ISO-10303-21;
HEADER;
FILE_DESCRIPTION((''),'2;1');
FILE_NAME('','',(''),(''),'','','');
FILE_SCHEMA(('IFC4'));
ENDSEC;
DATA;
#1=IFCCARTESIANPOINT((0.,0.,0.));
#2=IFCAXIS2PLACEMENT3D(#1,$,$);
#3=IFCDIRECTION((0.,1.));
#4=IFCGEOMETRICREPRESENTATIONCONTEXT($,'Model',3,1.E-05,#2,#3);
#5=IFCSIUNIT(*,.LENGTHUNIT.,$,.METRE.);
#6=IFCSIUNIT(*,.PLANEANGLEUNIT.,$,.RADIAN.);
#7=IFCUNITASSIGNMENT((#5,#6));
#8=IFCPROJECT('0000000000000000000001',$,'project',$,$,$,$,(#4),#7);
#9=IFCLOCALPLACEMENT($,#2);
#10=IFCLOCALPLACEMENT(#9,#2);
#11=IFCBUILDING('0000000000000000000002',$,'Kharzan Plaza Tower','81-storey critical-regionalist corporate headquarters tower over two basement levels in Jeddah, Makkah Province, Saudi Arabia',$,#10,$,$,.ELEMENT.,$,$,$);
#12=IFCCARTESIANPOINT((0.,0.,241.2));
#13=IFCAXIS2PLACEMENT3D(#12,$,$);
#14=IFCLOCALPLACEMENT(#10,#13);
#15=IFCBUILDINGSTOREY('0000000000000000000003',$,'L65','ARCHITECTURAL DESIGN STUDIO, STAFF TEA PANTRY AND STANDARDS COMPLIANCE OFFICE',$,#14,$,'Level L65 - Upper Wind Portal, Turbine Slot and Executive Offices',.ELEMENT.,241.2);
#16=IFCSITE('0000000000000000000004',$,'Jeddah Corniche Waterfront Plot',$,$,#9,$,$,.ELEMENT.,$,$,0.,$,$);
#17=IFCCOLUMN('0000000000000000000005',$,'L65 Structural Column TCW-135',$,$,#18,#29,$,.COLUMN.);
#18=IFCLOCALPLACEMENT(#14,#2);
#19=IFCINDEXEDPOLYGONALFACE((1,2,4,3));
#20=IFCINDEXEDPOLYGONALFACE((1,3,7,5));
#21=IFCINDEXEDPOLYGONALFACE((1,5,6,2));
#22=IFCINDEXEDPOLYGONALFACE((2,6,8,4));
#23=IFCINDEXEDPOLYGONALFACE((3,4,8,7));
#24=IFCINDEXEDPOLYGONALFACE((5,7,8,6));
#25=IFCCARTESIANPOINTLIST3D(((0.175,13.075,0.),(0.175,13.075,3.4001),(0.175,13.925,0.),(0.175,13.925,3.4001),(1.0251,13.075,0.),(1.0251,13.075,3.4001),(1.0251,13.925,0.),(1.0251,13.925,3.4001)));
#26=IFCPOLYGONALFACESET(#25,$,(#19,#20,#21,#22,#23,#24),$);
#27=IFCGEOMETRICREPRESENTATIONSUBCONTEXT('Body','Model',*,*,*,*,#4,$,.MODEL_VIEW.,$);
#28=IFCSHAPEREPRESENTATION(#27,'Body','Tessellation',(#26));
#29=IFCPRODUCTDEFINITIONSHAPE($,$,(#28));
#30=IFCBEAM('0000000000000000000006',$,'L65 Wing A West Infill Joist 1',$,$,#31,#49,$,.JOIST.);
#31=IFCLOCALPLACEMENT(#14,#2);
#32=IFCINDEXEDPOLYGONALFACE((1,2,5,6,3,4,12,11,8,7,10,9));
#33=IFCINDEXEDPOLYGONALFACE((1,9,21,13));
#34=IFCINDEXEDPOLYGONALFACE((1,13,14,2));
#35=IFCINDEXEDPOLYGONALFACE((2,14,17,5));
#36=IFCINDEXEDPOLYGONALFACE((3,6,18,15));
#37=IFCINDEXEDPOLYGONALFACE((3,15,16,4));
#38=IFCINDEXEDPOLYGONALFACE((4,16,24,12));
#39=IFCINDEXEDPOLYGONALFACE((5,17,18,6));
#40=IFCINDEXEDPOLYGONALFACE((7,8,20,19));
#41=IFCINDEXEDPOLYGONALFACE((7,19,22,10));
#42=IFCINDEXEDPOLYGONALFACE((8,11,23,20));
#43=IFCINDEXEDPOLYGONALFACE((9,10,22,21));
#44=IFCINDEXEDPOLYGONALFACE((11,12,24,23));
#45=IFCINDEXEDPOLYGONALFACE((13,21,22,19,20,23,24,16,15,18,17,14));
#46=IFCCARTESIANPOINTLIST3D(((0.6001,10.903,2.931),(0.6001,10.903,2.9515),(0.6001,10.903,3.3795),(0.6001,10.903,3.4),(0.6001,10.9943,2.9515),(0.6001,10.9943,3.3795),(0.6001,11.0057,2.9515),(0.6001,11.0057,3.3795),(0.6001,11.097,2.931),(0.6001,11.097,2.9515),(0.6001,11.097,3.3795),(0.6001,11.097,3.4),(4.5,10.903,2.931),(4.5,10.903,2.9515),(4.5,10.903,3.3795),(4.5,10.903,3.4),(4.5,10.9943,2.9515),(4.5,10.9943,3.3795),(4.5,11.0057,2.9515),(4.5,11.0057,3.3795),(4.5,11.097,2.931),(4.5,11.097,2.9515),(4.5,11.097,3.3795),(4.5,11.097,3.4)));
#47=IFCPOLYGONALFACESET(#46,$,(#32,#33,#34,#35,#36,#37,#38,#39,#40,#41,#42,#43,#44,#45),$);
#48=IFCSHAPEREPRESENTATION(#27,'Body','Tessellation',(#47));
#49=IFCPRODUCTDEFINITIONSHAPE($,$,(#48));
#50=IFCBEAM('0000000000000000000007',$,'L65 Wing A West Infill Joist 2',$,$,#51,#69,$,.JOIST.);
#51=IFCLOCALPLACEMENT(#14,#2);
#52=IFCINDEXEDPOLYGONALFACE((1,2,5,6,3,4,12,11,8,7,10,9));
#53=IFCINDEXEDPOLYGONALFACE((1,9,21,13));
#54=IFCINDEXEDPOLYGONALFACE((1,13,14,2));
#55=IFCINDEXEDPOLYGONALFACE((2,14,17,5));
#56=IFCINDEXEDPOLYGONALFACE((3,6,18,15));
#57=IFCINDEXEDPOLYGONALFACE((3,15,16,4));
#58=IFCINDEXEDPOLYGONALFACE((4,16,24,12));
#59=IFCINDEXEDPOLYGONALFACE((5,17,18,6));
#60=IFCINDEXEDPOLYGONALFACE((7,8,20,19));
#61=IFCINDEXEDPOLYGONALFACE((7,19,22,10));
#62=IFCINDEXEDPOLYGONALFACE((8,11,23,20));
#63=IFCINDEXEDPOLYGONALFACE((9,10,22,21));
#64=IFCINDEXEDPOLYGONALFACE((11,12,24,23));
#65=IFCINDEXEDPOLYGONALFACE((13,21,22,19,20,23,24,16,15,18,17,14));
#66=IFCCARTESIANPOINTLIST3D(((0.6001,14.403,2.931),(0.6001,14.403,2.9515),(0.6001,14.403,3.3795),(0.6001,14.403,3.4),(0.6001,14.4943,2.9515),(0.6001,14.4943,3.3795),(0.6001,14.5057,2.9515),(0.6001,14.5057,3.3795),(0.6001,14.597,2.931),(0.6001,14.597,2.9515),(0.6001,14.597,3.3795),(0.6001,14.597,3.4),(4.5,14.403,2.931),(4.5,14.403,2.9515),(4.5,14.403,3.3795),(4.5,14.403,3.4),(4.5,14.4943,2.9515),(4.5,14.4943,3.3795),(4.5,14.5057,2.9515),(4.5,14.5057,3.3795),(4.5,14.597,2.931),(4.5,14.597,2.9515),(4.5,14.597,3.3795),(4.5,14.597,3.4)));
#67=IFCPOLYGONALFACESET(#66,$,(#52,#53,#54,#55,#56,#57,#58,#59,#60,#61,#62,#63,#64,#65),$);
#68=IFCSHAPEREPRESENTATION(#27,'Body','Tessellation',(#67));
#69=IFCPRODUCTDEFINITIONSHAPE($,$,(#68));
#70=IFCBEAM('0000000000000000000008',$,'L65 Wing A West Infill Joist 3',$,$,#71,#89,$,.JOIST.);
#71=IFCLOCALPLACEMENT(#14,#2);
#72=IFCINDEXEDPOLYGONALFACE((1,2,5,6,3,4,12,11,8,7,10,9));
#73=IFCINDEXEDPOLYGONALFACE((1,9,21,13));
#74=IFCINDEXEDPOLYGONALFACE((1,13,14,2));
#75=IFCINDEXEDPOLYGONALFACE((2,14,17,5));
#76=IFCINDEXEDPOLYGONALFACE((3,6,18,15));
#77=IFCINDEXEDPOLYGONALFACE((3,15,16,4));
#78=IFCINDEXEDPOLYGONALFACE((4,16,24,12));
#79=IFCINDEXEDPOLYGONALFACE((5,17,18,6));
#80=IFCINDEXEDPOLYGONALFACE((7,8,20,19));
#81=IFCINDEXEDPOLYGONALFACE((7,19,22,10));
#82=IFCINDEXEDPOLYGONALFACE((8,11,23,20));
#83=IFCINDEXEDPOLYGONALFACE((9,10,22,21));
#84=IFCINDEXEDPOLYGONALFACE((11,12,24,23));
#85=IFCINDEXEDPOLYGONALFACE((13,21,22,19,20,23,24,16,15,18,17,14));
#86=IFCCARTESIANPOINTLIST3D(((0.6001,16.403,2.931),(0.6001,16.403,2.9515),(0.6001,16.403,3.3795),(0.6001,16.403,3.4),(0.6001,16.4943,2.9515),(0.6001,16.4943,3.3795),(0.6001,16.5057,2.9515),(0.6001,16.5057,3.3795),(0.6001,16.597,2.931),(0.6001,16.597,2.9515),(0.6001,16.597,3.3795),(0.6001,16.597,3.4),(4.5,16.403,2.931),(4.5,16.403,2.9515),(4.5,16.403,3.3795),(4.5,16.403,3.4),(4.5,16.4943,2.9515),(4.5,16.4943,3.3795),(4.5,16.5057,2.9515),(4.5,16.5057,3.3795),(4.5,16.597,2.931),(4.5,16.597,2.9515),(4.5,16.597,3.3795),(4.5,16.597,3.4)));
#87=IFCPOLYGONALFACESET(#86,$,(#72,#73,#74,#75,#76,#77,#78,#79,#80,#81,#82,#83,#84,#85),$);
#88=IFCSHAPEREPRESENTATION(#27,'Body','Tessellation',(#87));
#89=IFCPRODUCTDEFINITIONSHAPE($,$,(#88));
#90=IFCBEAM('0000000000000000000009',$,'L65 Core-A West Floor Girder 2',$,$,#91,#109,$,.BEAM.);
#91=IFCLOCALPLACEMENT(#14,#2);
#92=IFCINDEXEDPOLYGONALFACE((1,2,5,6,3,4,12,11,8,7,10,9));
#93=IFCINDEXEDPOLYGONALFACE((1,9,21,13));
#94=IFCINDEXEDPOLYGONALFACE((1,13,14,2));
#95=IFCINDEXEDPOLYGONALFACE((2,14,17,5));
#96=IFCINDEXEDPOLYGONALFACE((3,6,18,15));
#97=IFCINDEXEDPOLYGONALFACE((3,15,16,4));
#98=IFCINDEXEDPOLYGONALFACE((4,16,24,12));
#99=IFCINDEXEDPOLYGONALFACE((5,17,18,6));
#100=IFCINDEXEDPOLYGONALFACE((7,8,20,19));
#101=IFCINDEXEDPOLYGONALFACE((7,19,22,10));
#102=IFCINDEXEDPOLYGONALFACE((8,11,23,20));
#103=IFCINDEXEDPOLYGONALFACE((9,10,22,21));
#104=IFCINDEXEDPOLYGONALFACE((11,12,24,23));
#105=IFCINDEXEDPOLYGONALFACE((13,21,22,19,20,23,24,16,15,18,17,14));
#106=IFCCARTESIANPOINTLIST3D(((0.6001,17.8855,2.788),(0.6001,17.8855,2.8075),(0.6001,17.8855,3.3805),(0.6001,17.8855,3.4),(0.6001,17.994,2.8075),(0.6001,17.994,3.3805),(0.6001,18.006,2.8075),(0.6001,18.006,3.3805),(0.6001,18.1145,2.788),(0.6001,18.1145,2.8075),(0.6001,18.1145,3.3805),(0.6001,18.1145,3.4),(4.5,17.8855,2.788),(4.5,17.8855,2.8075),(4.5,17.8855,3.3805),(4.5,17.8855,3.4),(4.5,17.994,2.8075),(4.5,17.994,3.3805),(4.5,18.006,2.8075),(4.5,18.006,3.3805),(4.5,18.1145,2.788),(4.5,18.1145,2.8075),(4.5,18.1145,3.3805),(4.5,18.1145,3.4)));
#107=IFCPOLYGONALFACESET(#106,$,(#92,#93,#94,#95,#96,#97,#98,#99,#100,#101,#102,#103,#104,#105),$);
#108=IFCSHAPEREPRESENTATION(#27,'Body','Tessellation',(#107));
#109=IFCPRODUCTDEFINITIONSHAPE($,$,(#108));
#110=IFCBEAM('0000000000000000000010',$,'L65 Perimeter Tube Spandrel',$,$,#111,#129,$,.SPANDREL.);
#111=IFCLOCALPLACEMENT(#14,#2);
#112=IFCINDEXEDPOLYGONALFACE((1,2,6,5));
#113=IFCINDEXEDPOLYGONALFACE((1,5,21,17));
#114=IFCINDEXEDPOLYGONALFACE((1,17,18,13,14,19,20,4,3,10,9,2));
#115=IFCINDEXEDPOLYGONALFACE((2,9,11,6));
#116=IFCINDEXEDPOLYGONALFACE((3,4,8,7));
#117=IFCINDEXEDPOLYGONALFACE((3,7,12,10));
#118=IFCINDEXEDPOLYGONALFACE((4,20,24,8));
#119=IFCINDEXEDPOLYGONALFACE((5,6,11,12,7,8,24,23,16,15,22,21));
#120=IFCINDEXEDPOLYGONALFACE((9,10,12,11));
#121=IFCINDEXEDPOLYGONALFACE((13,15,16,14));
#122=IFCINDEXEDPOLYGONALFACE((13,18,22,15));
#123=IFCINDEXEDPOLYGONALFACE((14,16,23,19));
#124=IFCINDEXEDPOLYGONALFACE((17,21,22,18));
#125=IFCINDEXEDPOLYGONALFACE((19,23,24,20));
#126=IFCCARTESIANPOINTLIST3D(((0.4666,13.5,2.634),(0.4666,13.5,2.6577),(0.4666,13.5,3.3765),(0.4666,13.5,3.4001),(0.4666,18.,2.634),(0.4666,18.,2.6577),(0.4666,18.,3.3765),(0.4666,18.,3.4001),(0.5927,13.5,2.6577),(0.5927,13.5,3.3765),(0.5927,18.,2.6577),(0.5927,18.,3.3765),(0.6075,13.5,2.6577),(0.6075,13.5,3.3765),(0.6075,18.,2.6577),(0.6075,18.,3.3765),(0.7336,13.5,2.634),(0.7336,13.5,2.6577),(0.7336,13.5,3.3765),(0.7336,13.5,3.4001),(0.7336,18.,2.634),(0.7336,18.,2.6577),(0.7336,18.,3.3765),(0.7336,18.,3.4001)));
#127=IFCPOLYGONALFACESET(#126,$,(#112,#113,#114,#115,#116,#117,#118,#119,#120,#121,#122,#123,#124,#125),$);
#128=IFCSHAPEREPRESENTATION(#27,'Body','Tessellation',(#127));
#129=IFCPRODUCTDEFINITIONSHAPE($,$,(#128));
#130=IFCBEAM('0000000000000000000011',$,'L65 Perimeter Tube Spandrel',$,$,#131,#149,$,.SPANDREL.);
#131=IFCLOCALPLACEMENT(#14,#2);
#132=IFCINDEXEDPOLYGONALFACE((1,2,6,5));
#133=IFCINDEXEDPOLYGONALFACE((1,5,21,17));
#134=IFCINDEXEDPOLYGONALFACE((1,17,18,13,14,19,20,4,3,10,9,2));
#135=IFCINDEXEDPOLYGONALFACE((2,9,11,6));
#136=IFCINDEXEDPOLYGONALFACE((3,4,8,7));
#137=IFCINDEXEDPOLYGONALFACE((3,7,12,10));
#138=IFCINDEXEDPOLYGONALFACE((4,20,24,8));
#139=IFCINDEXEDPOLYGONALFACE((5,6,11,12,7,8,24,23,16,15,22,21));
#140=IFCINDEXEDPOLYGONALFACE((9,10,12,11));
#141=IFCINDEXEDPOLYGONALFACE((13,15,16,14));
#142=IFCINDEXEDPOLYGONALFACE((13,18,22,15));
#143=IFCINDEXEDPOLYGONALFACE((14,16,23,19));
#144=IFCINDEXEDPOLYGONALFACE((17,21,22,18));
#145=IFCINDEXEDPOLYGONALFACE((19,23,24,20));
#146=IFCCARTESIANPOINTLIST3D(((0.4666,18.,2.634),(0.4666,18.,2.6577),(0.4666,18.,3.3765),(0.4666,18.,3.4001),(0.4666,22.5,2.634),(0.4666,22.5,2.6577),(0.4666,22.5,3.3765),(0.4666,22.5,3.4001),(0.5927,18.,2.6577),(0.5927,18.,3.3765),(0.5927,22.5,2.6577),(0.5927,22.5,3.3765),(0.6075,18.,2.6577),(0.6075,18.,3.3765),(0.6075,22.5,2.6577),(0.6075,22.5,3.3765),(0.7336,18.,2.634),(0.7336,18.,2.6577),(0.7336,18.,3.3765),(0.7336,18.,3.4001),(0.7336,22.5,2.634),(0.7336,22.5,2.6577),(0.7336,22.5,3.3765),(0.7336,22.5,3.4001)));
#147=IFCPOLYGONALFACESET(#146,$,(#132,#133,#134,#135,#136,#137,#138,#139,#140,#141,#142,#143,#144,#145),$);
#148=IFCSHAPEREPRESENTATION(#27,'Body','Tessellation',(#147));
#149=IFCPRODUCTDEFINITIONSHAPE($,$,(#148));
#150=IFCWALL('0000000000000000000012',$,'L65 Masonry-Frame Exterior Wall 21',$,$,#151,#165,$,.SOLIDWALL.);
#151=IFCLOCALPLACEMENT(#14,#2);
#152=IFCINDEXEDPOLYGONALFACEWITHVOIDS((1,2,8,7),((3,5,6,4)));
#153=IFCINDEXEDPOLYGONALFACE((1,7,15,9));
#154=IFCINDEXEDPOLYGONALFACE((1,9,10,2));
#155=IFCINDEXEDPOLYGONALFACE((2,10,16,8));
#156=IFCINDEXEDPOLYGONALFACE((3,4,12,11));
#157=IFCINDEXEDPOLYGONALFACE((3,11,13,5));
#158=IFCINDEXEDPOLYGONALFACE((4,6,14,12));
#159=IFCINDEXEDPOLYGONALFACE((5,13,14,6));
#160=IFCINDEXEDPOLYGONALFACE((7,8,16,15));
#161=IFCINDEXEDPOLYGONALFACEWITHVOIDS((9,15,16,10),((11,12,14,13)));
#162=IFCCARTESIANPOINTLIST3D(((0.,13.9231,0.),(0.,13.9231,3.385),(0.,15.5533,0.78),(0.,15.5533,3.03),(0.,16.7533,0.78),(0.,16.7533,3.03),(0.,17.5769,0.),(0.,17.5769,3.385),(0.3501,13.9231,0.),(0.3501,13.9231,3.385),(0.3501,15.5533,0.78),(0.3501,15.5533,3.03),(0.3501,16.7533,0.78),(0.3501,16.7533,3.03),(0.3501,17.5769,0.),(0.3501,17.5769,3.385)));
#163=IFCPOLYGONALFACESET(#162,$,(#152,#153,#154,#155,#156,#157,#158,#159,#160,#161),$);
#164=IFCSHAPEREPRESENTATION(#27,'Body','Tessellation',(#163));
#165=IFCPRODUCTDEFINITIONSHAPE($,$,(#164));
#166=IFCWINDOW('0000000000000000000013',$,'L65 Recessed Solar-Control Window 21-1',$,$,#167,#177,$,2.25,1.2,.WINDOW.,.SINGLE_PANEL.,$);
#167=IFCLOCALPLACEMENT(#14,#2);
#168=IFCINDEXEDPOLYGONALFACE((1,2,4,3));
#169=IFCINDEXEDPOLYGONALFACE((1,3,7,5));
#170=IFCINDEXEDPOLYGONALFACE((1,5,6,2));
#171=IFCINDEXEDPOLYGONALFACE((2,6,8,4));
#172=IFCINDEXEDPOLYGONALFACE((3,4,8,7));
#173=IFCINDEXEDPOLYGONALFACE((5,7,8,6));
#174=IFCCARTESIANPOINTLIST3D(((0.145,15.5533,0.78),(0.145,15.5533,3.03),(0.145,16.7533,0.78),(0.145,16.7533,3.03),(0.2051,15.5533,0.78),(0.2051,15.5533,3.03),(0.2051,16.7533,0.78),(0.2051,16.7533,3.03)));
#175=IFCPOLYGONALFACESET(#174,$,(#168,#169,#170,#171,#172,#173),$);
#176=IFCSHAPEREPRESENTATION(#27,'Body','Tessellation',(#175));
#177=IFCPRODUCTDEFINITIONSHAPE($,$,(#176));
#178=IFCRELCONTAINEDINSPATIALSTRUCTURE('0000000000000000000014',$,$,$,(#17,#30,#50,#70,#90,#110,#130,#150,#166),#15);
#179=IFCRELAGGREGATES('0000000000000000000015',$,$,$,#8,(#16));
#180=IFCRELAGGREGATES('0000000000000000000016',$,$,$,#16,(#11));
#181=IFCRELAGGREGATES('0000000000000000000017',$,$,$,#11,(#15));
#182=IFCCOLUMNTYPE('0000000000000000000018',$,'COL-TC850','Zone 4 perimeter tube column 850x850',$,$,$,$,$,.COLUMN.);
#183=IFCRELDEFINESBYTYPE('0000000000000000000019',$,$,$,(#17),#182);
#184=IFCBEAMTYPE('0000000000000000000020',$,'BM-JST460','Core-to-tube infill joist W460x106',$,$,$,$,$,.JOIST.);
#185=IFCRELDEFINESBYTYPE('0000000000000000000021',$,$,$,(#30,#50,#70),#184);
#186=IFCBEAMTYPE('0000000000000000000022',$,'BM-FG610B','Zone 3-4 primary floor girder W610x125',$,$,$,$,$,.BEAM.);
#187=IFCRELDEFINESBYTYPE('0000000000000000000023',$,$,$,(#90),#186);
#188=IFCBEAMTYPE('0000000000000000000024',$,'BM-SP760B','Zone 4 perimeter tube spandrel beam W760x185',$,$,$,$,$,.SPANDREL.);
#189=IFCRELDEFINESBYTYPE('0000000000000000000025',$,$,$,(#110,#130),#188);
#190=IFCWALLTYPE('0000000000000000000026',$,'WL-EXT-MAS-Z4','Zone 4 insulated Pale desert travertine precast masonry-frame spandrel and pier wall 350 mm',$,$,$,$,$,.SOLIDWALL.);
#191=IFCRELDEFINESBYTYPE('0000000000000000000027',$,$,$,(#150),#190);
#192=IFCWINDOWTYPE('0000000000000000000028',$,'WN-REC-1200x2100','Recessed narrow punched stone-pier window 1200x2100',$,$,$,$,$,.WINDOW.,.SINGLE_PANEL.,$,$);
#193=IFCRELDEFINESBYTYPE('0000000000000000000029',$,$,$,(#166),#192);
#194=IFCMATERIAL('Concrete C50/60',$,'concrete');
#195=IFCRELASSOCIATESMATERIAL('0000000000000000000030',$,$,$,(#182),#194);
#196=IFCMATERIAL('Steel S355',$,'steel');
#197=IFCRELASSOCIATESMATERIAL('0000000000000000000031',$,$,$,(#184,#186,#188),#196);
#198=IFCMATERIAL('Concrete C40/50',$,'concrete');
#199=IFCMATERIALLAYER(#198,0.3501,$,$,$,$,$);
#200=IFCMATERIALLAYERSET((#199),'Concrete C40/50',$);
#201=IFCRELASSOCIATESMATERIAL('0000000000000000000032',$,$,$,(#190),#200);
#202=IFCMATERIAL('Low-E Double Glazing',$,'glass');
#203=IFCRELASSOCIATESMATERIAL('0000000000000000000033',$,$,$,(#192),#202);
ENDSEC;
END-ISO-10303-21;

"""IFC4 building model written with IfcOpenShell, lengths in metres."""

from ifc_helpers import new_model, si_unit, direction, frame, frame_2d, origin, origin_2d, place, context, subcontext, project, spatial, rectangle, i_section, extrude, source, transform, mapped, material, layer, layer_set, material_profile, profile_set, type_object, element, fill, save


model = new_model("IFC4")

# Units and contexts
model_context = context("Model", 3, precision=1e-05, world=origin(), true_north=direction((0.0, 1.0)))
body_context = subcontext(model_context, "Body", "Model", "MODEL_VIEW")
ifc_project = project(units=[si_unit("LENGTHUNIT", "METRE"), si_unit("PLANEANGLEUNIT", "RADIAN")], contexts=[model_context])

# Site, building, storey
site_placement = place(None, origin())
site = spatial("IfcSite", under=ifc_project, at=site_placement, Name="Jeddah Corniche Waterfront Plot", CompositionType="ELEMENT", RefElevation=0.0)
building_placement = place(site_placement, origin())
building = spatial("IfcBuilding", under=site, at=building_placement, Name="Kharzan Plaza Tower", Description="81-storey critical-regionalist corporate headquarters tower over two basement levels in Jeddah, Makkah Province, Saudi Arabia", CompositionType="ELEMENT")
storey_placement = place(building_placement, frame((0.0, 0.0, 241.2)))
storey = spatial("IfcBuildingStorey", under=building, at=storey_placement, Name="L65", Description="ARCHITECTURAL DESIGN STUDIO, STAFF TEA PANTRY AND STANDARDS COMPLIANCE OFFICE", LongName="Level L65 - Upper Wind Portal, Turbine Slot and Executive Offices", CompositionType="ELEMENT", Elevation=241.2)

# Column
ifc_material_1 = material(Name="Concrete C50/60", Category="concrete")
ifc_material_profile_1 = material_profile(ifc_material_1, rectangle(XDim=0.8501, YDim=0.8501, at=origin_2d()), Name="RC-TC850x850")
ifc_profile_set_1 = profile_set([ifc_material_profile_1], Name="Concrete C50/60")
column_type = type_object("IfcColumnType", Name="COL-TC850", Description="Zone 4 perimeter tube column 850x850", PredefinedType="COLUMN", material=ifc_profile_set_1)
shared_shape_1 = source(origin(), body_context, "Body", "SweptSolid", [
    extrude(rectangle(XDim=0.8501, YDim=0.8501, at=origin_2d()), origin(), (0.0, 0.0, 1.0), 3.4001),
])
column_placement = place(storey_placement, frame((0.6001, 13.5, 0.0), z_axis=(0.0, 0.0, 1.0), x_axis=(1.0, 0.0, 0.0)))
element("IfcColumn", 1, at=column_placement, inside=storey, type_object=column_type, Name="L65 Structural Column TCW-135", PredefinedType="COLUMN", context=body_context, shape_type="MappedRepresentation", body=[
    mapped(shared_shape_1, transform((0.0, 0.0, 0.0), x_axis=(1.0, 0.0, 0.0), y_axis=(0.0, 1.0, 0.0), z_axis=(0.0, 0.0, 1.0))),
])

# Beams
ifc_material_2 = material(Name="Steel S355", Category="steel")
ifc_material_profile_2 = material_profile(ifc_material_2, i_section(OverallWidth=0.1941, OverallDepth=0.469, WebThickness=0.0115, FlangeThickness=0.0205, at=origin_2d()), Name="W460x106")
ifc_profile_set_2 = profile_set([ifc_material_profile_2], Name="Steel S355")
beam_type_1 = type_object("IfcBeamType", Name="BM-JST460", Description="Core-to-tube infill joist W460x106", PredefinedType="JOIST", material=ifc_profile_set_2)
shared_shape_2 = source(origin(), body_context, "Body", "SweptSolid", [
    extrude(i_section(OverallWidth=0.1941, OverallDepth=0.469, WebThickness=0.0115, FlangeThickness=0.0205, at=origin_2d()), origin(), (0.0, 0.0, 1.0), 3.8999),
])
for number, where, z_axis, x_axis, name in (
    (2, (0.6001, 11.0, 3.1655), (1.0, 0.0, 0.0), (0.0, 1.0, 0.0), "L65 Wing A West Infill Joist 1"),
    (3, (0.6001, 14.5, 3.1655), (1.0, 0.0, 0.0), (0.0, 1.0, 0.0), "L65 Wing A West Infill Joist 2"),
    (4, (0.6001, 16.5, 3.1655), (1.0, 0.0, 0.0), (0.0, 1.0, 0.0), "L65 Wing A West Infill Joist 3"),
):
    element("IfcBeam", number, at=place(storey_placement, frame(where, z_axis=z_axis, x_axis=x_axis)), inside=storey, type_object=beam_type_1, Name=name, PredefinedType="JOIST", context=body_context, shape_type="MappedRepresentation", body=[
        mapped(shared_shape_2, transform((0.0, 0.0, 0.0), x_axis=(1.0, 0.0, 0.0), y_axis=(0.0, 1.0, 0.0), z_axis=(0.0, 0.0, 1.0))),
    ])
ifc_material_profile_3 = material_profile(ifc_material_2, i_section(OverallWidth=0.229, OverallDepth=0.6121, WebThickness=0.012, FlangeThickness=0.0195, at=origin_2d()), Name="W610x125")
ifc_profile_set_3 = profile_set([ifc_material_profile_3], Name="Steel S355")
beam_type_2 = type_object("IfcBeamType", Name="BM-FG610B", Description="Zone 3-4 primary floor girder W610x125", PredefinedType="BEAM", material=ifc_profile_set_3)
shared_shape_3 = source(origin(), body_context, "Body", "SweptSolid", [
    extrude(i_section(OverallWidth=0.229, OverallDepth=0.6121, WebThickness=0.012, FlangeThickness=0.0195, at=origin_2d()), origin(), (0.0, 0.0, 1.0), 3.8999),
])
beam_placement = place(storey_placement, frame((0.6001, 18.0, 3.094), z_axis=(1.0, 0.0, 0.0), x_axis=(0.0, 1.0, 0.0)))
element("IfcBeam", 5, at=beam_placement, inside=storey, type_object=beam_type_2, Name="L65 Core-A West Floor Girder 2", PredefinedType="BEAM", context=body_context, shape_type="MappedRepresentation", body=[
    mapped(shared_shape_3, transform((0.0, 0.0, 0.0), x_axis=(1.0, 0.0, 0.0), y_axis=(0.0, 1.0, 0.0), z_axis=(0.0, 0.0, 1.0))),
])
ifc_material_profile_4 = material_profile(ifc_material_2, i_section(OverallWidth=0.2671, OverallDepth=0.7661, WebThickness=0.0149, FlangeThickness=0.0237, at=origin_2d()), Name="W760x185")
ifc_profile_set_4 = profile_set([ifc_material_profile_4], Name="Steel S355")
beam_type_3 = type_object("IfcBeamType", Name="BM-SP760B", Description="Zone 4 perimeter tube spandrel beam W760x185", PredefinedType="SPANDREL", material=ifc_profile_set_4)
shared_shape_4 = source(origin(), body_context, "Body", "SweptSolid", [
    extrude(i_section(OverallWidth=0.2671, OverallDepth=0.7661, WebThickness=0.0149, FlangeThickness=0.0237, at=origin_2d()), origin(), (0.0, 0.0, 1.0), 4.5),
])
for number, where, z_axis, x_axis, name in (
    (6, (0.6001, 13.5, 3.0171), (0.0, 1.0, 0.0), (-1.0, 0.0, 0.0), "L65 Perimeter Tube Spandrel"),
    (7, (0.6001, 18.0, 3.0171), (0.0, 1.0, 0.0), (-1.0, 0.0, 0.0), "L65 Perimeter Tube Spandrel"),
):
    element("IfcBeam", number, at=place(storey_placement, frame(where, z_axis=z_axis, x_axis=x_axis)), inside=storey, type_object=beam_type_3, Name=name, PredefinedType="SPANDREL", context=body_context, shape_type="MappedRepresentation", body=[
        mapped(shared_shape_4, transform((0.0, 0.0, 0.0), x_axis=(1.0, 0.0, 0.0), y_axis=(0.0, 1.0, 0.0), z_axis=(0.0, 0.0, 1.0))),
    ])

# Wall, opening, window
ifc_material_3 = material(Name="Concrete C40/50", Category="concrete")
ifc_layer_1 = layer(ifc_material_3, 0.3501)
ifc_layer_set_1 = layer_set([ifc_layer_1], Name="Concrete C40/50")
wall_type_1 = type_object("IfcWallType", Name="WL-EXT-MAS-Z4", Description="Zone 4 insulated Pale desert travertine precast masonry-frame spandrel and pier wall 350 mm", PredefinedType="SOLIDWALL", material=ifc_layer_set_1)
wall_1_placement = place(storey_placement, frame((0.175, 17.5769, 0.0), z_axis=(0.0, 0.0, 1.0), x_axis=(0.0, -1.0, 0.0)))
wall_1 = element("IfcWall", 8, at=wall_1_placement, inside=storey, type_object=wall_type_1, Name="L65 Masonry-Frame Exterior Wall 21", PredefinedType="SOLIDWALL", context=body_context, shape_type="SweptSolid", body=[
    extrude(rectangle(XDim=3.6538, YDim=0.3501, at=frame_2d((1.8269, 0.0))), origin(), (0.0, 0.0, 1.0), 3.385),
])
opening_1_placement = place(wall_1_placement, frame((0.8235, 0.0, 0.78)))
opening_1 = element("IfcOpeningElement", 9, at=opening_1_placement, cuts=wall_1, PredefinedType="OPENING", context=body_context, shape_type="SweptSolid", body=[
    extrude(rectangle(XDim=1.2, YDim=2.25, at=frame_2d((0.6001, 1.125))), frame((0.0, 0.1851, 0.0), z_axis=(0.0, -1.0, 0.0), x_axis=(1.0, 0.0, 0.0)), (0.0, 0.0, 1.0), 0.3701),
])
ifc_material_4 = material(Name="Low-E Double Glazing", Category="glass")
window_type_1 = type_object("IfcWindowType", Name="WN-REC-1200x2100", Description="Recessed narrow punched stone-pier window 1200x2100", PartitioningType="SINGLE_PANEL", PredefinedType="WINDOW", material=ifc_material_4)
shared_shape_5 = source(origin(), body_context, "Body", "SweptSolid", [
    extrude(rectangle(XDim=1.2, YDim=2.25, at=frame_2d((0.6001, 1.125))), frame((0.0, 0.03, 0.0), z_axis=(0.0, -1.0, 0.0), x_axis=(1.0, 0.0, 0.0)), (0.0, 0.0, 1.0), 0.0601),
])
window_1_placement = place(opening_1_placement, origin())
window_1 = element("IfcWindow", 10, at=window_1_placement, inside=storey, type_object=window_type_1, Name="L65 Recessed Solar-Control Window 21-1", OverallHeight=2.25, OverallWidth=1.2, PartitioningType="SINGLE_PANEL", PredefinedType="WINDOW", context=body_context, shape_type="MappedRepresentation", body=[
    mapped(shared_shape_5, transform((0.0, 0.0, 0.0), x_axis=(1.0, 0.0, 0.0), y_axis=(0.0, 1.0, 0.0), z_axis=(0.0, 0.0, 1.0))),
])
fill(opening_1, window_1)

save(model, "model.ifc")
